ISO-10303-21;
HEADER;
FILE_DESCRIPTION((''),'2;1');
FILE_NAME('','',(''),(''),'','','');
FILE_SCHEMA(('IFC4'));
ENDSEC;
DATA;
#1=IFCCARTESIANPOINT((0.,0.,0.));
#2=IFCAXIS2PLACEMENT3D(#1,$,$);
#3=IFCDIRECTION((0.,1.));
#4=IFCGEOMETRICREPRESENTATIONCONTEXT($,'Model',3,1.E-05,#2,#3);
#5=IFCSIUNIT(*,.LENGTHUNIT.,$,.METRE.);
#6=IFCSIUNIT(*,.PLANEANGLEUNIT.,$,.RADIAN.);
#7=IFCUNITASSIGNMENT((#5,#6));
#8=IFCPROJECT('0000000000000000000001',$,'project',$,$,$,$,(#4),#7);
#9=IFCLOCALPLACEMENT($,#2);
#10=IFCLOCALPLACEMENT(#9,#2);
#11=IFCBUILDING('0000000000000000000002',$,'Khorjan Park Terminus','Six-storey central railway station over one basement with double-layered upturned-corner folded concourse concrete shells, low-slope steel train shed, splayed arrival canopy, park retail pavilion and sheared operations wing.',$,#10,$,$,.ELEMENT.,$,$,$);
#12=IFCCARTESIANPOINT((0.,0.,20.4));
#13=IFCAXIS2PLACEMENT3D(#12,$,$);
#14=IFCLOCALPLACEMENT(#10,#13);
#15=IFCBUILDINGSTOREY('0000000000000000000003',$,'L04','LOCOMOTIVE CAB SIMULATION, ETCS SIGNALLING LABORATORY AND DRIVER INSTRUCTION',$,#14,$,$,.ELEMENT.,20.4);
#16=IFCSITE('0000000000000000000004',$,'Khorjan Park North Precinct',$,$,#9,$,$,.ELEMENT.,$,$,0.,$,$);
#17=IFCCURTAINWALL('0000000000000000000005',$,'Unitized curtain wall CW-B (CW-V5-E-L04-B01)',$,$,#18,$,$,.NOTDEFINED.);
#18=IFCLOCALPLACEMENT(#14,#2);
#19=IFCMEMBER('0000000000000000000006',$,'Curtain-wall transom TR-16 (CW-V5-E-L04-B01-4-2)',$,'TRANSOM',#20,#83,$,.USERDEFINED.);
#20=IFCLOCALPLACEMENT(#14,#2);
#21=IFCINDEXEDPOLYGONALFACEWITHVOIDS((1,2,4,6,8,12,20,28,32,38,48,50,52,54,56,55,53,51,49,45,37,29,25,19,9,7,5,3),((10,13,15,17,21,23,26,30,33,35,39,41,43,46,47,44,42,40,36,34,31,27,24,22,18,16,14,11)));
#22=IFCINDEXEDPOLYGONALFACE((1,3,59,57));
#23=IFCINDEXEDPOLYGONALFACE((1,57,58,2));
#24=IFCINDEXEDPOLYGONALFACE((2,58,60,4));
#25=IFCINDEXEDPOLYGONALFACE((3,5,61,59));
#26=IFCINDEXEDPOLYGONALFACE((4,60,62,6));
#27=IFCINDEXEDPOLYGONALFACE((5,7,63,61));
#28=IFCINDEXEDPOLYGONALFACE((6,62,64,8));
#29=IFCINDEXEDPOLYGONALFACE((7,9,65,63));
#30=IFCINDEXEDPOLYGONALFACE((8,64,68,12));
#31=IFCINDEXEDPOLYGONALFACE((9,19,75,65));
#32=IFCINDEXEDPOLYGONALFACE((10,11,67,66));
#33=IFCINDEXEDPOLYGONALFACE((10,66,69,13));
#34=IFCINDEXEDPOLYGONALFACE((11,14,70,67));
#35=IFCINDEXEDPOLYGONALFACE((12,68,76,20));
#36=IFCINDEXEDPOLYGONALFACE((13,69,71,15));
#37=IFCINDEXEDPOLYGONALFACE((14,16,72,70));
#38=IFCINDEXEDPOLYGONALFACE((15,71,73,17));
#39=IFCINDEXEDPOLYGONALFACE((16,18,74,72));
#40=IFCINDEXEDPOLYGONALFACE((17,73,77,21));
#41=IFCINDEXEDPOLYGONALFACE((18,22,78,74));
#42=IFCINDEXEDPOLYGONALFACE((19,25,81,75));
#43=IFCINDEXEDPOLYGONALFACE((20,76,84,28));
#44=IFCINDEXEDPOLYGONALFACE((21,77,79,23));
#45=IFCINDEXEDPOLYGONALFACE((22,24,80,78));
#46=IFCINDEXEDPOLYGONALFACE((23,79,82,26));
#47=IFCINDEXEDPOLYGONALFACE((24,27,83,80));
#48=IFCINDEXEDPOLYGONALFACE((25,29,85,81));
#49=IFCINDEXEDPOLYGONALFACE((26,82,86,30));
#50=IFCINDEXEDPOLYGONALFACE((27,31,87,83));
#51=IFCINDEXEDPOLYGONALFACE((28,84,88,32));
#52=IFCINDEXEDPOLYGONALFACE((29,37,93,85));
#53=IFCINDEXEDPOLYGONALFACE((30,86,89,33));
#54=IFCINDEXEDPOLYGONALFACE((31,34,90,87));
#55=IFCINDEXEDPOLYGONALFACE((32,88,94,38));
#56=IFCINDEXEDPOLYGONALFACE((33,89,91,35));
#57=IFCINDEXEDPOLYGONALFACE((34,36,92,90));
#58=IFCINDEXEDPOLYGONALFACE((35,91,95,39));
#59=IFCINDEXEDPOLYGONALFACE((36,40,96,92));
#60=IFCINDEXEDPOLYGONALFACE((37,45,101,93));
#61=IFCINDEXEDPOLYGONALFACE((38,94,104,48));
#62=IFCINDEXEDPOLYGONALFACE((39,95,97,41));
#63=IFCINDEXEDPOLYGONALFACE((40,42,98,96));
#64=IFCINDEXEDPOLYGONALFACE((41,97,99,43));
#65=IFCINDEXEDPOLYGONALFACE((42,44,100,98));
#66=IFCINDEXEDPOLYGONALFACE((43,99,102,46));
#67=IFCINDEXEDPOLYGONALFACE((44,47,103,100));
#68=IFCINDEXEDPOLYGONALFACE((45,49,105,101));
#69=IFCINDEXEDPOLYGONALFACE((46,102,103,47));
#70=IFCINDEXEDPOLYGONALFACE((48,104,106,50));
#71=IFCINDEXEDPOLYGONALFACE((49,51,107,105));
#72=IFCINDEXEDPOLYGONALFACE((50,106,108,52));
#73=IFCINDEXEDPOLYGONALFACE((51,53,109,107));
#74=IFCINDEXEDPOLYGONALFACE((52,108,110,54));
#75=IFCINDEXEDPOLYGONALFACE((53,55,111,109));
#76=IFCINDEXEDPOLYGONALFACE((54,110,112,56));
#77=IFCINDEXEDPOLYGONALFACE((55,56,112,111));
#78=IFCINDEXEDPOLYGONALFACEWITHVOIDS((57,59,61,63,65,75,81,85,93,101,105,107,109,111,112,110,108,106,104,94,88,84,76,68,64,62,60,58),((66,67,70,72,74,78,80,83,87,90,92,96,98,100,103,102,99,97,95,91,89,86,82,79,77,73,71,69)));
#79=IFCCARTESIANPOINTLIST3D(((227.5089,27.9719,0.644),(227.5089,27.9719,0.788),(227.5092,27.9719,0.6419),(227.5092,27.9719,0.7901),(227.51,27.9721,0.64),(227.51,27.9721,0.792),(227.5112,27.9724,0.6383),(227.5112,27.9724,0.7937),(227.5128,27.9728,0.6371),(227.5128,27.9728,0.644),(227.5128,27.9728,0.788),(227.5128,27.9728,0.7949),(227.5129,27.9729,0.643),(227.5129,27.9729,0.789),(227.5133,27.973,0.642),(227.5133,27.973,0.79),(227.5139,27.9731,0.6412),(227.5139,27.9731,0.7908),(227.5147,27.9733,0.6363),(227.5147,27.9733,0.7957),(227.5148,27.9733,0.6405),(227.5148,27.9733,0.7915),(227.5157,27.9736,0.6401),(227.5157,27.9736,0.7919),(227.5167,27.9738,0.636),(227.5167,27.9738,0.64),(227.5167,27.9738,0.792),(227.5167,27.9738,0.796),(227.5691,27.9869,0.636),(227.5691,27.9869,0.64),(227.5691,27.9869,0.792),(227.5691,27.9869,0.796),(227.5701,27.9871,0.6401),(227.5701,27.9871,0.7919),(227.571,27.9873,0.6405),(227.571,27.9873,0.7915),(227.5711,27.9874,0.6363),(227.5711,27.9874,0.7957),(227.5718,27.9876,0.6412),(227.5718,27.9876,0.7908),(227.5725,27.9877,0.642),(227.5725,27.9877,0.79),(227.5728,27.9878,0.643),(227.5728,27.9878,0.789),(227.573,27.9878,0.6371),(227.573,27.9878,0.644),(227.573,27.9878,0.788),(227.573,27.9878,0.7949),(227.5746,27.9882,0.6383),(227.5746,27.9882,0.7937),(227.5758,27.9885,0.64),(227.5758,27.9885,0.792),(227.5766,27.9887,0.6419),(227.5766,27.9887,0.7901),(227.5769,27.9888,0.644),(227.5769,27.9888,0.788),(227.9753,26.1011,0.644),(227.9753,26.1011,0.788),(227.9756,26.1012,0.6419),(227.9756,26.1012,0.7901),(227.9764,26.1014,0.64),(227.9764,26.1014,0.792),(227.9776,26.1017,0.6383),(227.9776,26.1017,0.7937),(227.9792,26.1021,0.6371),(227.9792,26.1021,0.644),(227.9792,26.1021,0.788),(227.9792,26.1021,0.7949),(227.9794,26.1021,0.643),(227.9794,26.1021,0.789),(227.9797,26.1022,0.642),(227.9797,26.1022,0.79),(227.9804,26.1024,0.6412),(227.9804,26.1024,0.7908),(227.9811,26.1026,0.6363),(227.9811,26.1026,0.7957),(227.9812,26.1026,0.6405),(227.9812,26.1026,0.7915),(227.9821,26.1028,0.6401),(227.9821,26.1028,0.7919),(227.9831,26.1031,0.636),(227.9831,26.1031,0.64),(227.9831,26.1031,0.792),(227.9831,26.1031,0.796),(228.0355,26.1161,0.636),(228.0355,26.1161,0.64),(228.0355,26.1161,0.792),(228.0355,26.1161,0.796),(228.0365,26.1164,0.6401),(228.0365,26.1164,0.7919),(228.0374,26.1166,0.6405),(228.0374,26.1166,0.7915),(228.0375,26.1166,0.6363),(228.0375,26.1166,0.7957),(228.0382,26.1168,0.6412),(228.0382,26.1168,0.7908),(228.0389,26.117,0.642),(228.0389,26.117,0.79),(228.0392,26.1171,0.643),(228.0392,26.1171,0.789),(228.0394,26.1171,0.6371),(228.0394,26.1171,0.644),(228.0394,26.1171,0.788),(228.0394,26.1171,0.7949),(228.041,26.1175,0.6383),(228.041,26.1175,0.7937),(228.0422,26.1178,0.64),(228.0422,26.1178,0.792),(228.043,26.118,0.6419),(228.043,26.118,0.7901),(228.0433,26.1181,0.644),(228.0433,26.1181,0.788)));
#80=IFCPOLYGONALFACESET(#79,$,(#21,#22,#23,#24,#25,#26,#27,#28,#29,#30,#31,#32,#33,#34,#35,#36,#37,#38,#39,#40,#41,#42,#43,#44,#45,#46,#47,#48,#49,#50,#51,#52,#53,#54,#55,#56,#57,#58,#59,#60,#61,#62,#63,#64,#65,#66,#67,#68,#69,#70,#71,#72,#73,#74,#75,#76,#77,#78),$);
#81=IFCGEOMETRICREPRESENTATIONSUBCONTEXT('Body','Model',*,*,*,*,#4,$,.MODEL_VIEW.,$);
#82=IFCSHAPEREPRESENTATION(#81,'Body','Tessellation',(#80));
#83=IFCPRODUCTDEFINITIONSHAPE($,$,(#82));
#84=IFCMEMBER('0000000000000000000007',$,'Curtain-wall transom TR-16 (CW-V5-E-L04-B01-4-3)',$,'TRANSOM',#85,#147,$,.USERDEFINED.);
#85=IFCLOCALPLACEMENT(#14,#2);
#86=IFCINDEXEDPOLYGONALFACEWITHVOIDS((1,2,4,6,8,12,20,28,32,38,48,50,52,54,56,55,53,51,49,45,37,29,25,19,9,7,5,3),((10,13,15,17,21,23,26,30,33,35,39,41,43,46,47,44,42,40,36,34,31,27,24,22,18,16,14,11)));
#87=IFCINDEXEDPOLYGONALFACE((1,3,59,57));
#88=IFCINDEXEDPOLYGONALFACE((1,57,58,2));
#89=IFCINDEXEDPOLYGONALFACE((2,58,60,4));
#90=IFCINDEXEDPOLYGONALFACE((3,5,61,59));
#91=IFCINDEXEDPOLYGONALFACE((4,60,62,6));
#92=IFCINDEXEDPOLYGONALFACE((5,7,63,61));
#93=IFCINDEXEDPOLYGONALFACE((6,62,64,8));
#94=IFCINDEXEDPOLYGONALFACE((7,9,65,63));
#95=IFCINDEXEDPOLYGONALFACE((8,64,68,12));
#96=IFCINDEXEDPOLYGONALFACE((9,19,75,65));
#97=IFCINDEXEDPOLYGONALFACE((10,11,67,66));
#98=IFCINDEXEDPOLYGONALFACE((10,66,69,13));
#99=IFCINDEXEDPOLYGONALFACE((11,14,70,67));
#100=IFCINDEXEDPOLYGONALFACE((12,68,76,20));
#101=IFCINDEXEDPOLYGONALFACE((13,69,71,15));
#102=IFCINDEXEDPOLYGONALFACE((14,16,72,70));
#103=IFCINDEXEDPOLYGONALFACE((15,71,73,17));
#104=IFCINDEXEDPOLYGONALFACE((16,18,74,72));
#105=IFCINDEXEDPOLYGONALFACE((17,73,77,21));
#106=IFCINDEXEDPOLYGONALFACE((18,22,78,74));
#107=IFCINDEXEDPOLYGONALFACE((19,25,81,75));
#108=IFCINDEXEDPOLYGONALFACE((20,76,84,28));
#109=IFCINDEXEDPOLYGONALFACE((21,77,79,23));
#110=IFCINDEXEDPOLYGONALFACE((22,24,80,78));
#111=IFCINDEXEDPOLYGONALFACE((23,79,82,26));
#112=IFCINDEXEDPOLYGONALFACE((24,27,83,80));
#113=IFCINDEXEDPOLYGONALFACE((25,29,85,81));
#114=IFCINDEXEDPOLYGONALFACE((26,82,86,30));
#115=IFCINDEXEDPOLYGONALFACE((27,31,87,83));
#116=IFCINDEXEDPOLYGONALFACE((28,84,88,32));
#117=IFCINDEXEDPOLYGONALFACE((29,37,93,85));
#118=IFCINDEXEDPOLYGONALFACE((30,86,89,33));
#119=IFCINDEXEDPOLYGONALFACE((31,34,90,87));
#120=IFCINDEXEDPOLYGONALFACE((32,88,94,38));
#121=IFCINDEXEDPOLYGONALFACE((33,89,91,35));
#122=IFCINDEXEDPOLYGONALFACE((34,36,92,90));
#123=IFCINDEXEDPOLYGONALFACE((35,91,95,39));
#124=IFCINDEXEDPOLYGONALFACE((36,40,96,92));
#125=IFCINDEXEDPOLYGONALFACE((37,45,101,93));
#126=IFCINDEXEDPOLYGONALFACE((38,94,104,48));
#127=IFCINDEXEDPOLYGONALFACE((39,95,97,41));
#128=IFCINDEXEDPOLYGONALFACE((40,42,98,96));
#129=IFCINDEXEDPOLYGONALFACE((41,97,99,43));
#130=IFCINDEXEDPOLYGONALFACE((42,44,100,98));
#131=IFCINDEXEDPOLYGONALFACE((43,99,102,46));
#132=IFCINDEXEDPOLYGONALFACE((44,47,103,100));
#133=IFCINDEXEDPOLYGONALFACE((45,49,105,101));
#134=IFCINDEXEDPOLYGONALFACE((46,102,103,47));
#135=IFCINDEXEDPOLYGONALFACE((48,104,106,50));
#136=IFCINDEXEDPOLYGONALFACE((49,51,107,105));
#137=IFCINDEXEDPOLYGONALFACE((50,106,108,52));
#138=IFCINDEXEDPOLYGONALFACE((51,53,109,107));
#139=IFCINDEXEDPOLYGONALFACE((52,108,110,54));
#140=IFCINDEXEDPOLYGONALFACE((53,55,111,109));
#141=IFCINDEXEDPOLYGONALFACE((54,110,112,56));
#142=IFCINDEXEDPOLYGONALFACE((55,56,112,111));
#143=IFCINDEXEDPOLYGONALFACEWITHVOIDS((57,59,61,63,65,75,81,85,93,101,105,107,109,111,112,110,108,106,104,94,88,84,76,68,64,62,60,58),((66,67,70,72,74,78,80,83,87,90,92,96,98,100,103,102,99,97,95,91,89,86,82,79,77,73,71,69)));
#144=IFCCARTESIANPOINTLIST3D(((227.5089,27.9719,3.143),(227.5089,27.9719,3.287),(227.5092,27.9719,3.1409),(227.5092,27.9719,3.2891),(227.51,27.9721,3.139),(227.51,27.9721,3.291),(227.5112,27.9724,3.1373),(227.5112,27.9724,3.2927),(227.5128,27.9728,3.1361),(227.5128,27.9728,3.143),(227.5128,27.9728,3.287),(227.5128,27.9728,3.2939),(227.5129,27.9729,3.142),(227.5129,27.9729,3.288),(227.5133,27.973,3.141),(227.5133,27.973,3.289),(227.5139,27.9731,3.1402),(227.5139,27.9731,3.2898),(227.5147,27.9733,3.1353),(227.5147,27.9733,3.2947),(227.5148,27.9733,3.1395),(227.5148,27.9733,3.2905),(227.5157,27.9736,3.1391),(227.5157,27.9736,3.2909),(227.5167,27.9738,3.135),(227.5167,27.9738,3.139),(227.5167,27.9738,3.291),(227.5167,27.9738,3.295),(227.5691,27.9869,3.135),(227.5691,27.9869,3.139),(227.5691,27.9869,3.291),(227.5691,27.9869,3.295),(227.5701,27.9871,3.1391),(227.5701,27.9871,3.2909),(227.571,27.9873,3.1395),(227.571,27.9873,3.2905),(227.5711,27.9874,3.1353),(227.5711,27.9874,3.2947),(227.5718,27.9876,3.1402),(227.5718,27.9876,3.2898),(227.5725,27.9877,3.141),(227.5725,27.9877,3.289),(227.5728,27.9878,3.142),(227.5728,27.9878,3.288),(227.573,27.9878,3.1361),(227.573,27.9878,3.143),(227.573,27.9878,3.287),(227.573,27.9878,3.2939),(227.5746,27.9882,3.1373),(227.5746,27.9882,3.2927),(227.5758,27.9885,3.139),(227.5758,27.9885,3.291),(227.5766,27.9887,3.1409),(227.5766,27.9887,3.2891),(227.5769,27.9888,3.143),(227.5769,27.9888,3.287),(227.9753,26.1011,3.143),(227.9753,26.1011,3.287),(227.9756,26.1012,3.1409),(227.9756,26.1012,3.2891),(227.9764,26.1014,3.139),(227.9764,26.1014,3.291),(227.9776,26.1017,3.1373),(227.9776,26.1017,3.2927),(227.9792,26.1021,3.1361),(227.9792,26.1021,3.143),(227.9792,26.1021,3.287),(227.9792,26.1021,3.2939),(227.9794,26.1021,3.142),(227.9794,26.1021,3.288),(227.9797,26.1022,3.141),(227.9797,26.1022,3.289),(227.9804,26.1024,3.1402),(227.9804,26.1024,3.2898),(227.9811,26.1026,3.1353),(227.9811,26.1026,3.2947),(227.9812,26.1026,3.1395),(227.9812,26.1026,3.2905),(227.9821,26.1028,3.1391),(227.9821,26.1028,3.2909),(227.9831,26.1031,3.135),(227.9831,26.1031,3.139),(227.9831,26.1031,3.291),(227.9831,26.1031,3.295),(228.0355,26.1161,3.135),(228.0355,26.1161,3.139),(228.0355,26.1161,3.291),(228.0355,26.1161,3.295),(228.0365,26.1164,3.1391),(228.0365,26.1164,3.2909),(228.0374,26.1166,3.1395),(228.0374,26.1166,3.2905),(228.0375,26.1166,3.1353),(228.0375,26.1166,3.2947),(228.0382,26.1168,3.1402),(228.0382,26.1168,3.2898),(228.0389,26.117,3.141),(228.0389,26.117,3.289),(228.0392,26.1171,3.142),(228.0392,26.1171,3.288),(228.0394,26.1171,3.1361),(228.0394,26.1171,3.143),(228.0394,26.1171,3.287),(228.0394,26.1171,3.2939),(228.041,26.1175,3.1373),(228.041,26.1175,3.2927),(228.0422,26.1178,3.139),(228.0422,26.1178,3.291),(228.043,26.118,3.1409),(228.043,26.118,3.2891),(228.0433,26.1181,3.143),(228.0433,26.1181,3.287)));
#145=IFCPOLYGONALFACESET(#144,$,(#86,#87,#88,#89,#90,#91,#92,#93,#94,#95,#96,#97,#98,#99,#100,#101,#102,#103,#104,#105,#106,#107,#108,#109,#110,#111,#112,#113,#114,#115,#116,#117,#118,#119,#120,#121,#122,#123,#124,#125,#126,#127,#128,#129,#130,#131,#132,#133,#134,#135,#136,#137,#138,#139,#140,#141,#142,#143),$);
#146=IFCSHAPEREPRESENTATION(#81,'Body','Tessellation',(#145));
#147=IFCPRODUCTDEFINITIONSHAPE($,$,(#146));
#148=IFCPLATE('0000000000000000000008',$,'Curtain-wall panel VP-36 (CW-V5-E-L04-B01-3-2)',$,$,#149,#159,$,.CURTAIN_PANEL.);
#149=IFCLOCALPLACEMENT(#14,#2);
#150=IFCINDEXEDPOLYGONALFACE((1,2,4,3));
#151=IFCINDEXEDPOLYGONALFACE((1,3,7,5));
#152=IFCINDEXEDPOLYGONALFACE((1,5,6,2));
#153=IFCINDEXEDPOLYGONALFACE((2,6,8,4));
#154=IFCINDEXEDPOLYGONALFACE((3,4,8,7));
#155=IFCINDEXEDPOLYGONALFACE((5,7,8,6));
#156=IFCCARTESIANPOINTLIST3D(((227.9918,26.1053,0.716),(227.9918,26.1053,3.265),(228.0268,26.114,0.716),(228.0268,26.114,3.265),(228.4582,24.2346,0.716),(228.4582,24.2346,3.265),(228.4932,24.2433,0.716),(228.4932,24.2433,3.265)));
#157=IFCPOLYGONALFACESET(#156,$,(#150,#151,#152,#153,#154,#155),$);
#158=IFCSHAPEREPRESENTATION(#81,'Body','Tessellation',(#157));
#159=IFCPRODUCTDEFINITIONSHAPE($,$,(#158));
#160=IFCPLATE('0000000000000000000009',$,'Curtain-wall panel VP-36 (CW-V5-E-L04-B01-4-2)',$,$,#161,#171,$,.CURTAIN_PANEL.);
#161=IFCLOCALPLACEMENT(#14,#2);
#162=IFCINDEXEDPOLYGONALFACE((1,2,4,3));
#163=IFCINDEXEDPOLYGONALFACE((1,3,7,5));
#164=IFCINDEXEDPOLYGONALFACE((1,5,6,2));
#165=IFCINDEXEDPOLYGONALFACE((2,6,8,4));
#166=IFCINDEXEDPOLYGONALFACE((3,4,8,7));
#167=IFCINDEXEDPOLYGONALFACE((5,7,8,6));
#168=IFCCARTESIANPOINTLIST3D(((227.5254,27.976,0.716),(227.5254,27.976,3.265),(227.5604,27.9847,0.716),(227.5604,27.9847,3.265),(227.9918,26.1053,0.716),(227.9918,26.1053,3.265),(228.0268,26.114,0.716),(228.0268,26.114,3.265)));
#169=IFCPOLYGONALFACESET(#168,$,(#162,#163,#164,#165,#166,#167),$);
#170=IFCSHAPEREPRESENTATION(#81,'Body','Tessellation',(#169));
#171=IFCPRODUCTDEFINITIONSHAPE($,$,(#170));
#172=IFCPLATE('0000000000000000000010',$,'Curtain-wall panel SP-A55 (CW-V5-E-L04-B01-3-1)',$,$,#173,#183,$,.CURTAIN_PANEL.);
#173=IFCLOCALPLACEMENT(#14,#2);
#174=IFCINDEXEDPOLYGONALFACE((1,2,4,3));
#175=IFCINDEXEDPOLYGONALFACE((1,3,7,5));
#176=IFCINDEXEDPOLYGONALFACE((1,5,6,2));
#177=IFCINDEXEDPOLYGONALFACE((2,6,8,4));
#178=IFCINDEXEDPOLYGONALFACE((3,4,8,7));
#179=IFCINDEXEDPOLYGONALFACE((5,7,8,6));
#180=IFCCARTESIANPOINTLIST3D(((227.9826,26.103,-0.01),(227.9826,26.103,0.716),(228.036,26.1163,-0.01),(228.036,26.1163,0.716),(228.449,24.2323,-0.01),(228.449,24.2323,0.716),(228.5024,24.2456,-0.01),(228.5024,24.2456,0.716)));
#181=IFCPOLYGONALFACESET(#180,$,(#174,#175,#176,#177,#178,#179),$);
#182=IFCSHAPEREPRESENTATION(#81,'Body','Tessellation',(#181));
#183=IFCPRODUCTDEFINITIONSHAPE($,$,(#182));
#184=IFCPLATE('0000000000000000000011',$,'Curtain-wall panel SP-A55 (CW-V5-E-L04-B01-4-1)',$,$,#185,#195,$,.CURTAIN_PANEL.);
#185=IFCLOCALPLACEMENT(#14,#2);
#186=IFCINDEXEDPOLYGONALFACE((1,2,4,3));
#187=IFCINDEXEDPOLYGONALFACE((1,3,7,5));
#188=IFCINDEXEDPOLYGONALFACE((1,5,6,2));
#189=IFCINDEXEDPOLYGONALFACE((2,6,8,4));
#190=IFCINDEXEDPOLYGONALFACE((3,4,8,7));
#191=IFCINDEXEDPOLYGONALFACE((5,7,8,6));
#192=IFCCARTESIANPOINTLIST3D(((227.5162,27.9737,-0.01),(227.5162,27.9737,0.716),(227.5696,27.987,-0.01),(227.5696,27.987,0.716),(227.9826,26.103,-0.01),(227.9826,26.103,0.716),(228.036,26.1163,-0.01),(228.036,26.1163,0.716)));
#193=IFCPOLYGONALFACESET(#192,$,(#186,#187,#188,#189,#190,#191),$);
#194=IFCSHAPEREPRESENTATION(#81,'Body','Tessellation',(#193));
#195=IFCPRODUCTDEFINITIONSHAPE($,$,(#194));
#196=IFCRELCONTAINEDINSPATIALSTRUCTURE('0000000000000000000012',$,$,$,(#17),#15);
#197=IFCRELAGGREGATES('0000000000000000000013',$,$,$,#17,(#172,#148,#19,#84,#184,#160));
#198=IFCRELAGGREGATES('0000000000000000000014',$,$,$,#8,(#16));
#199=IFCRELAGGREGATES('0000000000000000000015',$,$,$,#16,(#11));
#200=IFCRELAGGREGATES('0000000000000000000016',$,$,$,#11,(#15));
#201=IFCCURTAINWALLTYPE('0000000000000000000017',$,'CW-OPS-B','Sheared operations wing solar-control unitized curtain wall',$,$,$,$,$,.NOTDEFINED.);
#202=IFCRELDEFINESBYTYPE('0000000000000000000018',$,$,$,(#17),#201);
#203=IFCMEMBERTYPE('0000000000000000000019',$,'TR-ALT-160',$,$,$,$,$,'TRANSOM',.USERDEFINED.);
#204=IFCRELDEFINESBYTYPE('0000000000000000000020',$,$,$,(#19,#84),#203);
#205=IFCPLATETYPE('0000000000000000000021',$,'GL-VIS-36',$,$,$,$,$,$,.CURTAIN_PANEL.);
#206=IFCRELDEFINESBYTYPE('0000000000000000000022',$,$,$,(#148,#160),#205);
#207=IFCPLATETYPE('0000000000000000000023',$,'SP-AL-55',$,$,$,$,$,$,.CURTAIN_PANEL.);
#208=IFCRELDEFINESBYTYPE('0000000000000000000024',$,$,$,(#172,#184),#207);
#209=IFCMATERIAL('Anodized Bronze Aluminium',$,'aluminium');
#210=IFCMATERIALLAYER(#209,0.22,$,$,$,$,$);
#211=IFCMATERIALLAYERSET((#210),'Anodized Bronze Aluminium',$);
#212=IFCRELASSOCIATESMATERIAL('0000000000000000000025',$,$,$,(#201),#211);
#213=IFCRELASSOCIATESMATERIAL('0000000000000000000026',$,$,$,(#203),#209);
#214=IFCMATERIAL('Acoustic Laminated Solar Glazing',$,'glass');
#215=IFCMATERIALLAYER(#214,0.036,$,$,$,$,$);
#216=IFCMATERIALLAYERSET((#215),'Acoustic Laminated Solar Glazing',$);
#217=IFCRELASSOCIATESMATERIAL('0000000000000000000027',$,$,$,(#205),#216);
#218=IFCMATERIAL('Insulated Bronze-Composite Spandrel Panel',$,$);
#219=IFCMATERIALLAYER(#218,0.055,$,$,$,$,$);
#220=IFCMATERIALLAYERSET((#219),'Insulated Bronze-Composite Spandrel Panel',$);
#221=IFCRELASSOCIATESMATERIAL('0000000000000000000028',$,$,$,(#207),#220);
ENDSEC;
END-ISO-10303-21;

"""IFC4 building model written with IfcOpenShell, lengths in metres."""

from ifc_helpers import new_model, si_unit, direction, frame, origin, origin_2d, place, context, subcontext, project, spatial, rectangle, hollow_rectangle, extrude, material, layer, layer_set, material_profile, profile_set, type_object, element, aggregate, save


model = new_model("IFC4")

# Units and contexts
model_context = context("Model", 3, precision=1e-05, world=origin(), true_north=direction((0.0, 1.0)))
body_context = subcontext(model_context, "Body", "Model", "MODEL_VIEW")
ifc_project = project(units=[si_unit("LENGTHUNIT", "METRE"), si_unit("PLANEANGLEUNIT", "RADIAN")], contexts=[model_context])

# Site, building, storey
site_placement = place(None, origin())
site = spatial("IfcSite", under=ifc_project, at=site_placement, Name="Khorjan Park North Precinct", CompositionType="ELEMENT", RefElevation=0.0)
building_placement = place(site_placement, origin())
building = spatial("IfcBuilding", under=site, at=building_placement, Name="Khorjan Park Terminus", Description="Six-storey central railway station over one basement with double-layered upturned-corner folded concourse concrete shells, low-slope steel train shed, splayed arrival canopy, park retail pavilion and sheared operations wing.", CompositionType="ELEMENT")
storey_placement = place(building_placement, frame((0.0, 0.0, 20.4)))
storey = spatial("IfcBuildingStorey", under=building, at=storey_placement, Name="L04", Description="LOCOMOTIVE CAB SIMULATION, ETCS SIGNALLING LABORATORY AND DRIVER INSTRUCTION", CompositionType="ELEMENT", Elevation=20.4)

# Curtain wall, members, plates
ifc_material_1 = material(Name="Anodized Bronze Aluminium", Category="aluminium")
ifc_layer_1 = layer(ifc_material_1, 0.22)
ifc_layer_set_1 = layer_set([ifc_layer_1], Name="Anodized Bronze Aluminium")
curtain_wall_type = type_object("IfcCurtainWallType", Name="CW-OPS-B", Description="Sheared operations wing solar-control unitized curtain wall", PredefinedType="NOTDEFINED", material=ifc_layer_set_1)
curtain_wall_placement = place(storey_placement, origin())
curtain_wall = element("IfcCurtainWall", 1, at=curtain_wall_placement, inside=storey, type_object=curtain_wall_type, Name="Unitized curtain wall CW-B (CW-V5-E-L04-B01)", PredefinedType="NOTDEFINED")
ifc_material_profile_1 = material_profile(ifc_material_1, hollow_rectangle(XDim=0.07, YDim=0.16, WallThickness=0.004, InnerFilletRadius=0.004, OuterFilletRadius=0.008, at=origin_2d()), Name="ALT 70x160x4")
ifc_profile_set_1 = profile_set([ifc_material_profile_1], Name="Anodized Bronze Aluminium")
member_type_1 = type_object("IfcMemberType", Name="TR-ALT-160", ElementType="TRANSOM", PredefinedType="USERDEFINED", material=ifc_profile_set_1)
member_1_placement = place(storey_placement, frame((228.0093, 26.1096, 0.716), z_axis=(-0.241913, 0.970298, 0.0), x_axis=(-0.970298, -0.241913, 0.0)))
member_1 = element("IfcMember", 2, at=member_1_placement, type_object=member_type_1, Name="Curtain-wall transom TR-16 (CW-V5-E-L04-B01-4-2)", ObjectType="TRANSOM", PredefinedType="USERDEFINED", context=body_context, shape_type="SweptSolid", body=[
    extrude(hollow_rectangle(XDim=0.07, YDim=0.16, WallThickness=0.004, InnerFilletRadius=0.004, OuterFilletRadius=0.008, at=origin_2d()), origin(), (0.0, 0.0, 1.0), 1.928),
])
member_2_placement = place(storey_placement, frame((228.0093, 26.1096, 3.215), z_axis=(-0.241913, 0.970298, 0.0), x_axis=(-0.970298, -0.241913, 0.0)))
member_2 = element("IfcMember", 3, at=member_2_placement, type_object=member_type_1, Name="Curtain-wall transom TR-16 (CW-V5-E-L04-B01-4-3)", ObjectType="TRANSOM", PredefinedType="USERDEFINED", context=body_context, shape_type="SweptSolid", body=[
    extrude(hollow_rectangle(XDim=0.07, YDim=0.16, WallThickness=0.004, InnerFilletRadius=0.004, OuterFilletRadius=0.008, at=origin_2d()), origin(), (0.0, 0.0, 1.0), 1.928),
])
ifc_material_2 = material(Name="Acoustic Laminated Solar Glazing", Category="glass")
ifc_layer_2 = layer(ifc_material_2, 0.036)
ifc_layer_set_2 = layer_set([ifc_layer_2], Name="Acoustic Laminated Solar Glazing")
plate_type_1 = type_object("IfcPlateType", Name="GL-VIS-36", PredefinedType="CURTAIN_PANEL", material=ifc_layer_set_2)
plate_1_placement = place(storey_placement, frame((228.2425, 25.1743, 0.716), z_axis=(0.0, 0.0, 1.0), x_axis=(-0.24192, 0.970296, 0.0)))
plate_1 = element("IfcPlate", 4, at=plate_1_placement, type_object=plate_type_1, Name="Curtain-wall panel VP-36 (CW-V5-E-L04-B01-3-2)", PredefinedType="CURTAIN_PANEL", context=body_context, shape_type="SweptSolid", body=[
    extrude(rectangle(XDim=1.928, YDim=0.036, at=origin_2d()), origin(), (0.0, 0.0, 1.0), 2.549),
])
plate_2_placement = place(storey_placement, frame((227.7761, 27.045, 0.716), z_axis=(0.0, 0.0, 1.0), x_axis=(-0.24192, 0.970296, 0.0)))
plate_2 = element("IfcPlate", 5, at=plate_2_placement, type_object=plate_type_1, Name="Curtain-wall panel VP-36 (CW-V5-E-L04-B01-4-2)", PredefinedType="CURTAIN_PANEL", context=body_context, shape_type="SweptSolid", body=[
    extrude(rectangle(XDim=1.928, YDim=0.036, at=origin_2d()), origin(), (0.0, 0.0, 1.0), 2.549),
])
ifc_material_3 = material(Name="Insulated Bronze-Composite Spandrel Panel")
ifc_layer_3 = layer(ifc_material_3, 0.055)
ifc_layer_set_3 = layer_set([ifc_layer_3], Name="Insulated Bronze-Composite Spandrel Panel")
plate_type_2 = type_object("IfcPlateType", Name="SP-AL-55", PredefinedType="CURTAIN_PANEL", material=ifc_layer_set_3)
plate_3_placement = place(storey_placement, frame((228.2425, 25.1743, -0.01), z_axis=(0.0, 0.0, 1.0), x_axis=(-0.24192, 0.970296, 0.0)))
plate_3 = element("IfcPlate", 6, at=plate_3_placement, type_object=plate_type_2, Name="Curtain-wall panel SP-A55 (CW-V5-E-L04-B01-3-1)", PredefinedType="CURTAIN_PANEL", context=body_context, shape_type="SweptSolid", body=[
    extrude(rectangle(XDim=1.928, YDim=0.055, at=origin_2d()), origin(), (0.0, 0.0, 1.0), 0.726),
])
plate_4_placement = place(storey_placement, frame((227.7761, 27.045, -0.01), z_axis=(0.0, 0.0, 1.0), x_axis=(-0.24192, 0.970296, 0.0)))
plate_4 = element("IfcPlate", 7, at=plate_4_placement, type_object=plate_type_2, Name="Curtain-wall panel SP-A55 (CW-V5-E-L04-B01-4-1)", PredefinedType="CURTAIN_PANEL", context=body_context, shape_type="SweptSolid", body=[
    extrude(rectangle(XDim=1.928, YDim=0.055, at=origin_2d()), origin(), (0.0, 0.0, 1.0), 0.726),
])
aggregate(curtain_wall, [plate_3, plate_1, member_1, member_2, plate_4, plate_2])

save(model, "model.ifc")
